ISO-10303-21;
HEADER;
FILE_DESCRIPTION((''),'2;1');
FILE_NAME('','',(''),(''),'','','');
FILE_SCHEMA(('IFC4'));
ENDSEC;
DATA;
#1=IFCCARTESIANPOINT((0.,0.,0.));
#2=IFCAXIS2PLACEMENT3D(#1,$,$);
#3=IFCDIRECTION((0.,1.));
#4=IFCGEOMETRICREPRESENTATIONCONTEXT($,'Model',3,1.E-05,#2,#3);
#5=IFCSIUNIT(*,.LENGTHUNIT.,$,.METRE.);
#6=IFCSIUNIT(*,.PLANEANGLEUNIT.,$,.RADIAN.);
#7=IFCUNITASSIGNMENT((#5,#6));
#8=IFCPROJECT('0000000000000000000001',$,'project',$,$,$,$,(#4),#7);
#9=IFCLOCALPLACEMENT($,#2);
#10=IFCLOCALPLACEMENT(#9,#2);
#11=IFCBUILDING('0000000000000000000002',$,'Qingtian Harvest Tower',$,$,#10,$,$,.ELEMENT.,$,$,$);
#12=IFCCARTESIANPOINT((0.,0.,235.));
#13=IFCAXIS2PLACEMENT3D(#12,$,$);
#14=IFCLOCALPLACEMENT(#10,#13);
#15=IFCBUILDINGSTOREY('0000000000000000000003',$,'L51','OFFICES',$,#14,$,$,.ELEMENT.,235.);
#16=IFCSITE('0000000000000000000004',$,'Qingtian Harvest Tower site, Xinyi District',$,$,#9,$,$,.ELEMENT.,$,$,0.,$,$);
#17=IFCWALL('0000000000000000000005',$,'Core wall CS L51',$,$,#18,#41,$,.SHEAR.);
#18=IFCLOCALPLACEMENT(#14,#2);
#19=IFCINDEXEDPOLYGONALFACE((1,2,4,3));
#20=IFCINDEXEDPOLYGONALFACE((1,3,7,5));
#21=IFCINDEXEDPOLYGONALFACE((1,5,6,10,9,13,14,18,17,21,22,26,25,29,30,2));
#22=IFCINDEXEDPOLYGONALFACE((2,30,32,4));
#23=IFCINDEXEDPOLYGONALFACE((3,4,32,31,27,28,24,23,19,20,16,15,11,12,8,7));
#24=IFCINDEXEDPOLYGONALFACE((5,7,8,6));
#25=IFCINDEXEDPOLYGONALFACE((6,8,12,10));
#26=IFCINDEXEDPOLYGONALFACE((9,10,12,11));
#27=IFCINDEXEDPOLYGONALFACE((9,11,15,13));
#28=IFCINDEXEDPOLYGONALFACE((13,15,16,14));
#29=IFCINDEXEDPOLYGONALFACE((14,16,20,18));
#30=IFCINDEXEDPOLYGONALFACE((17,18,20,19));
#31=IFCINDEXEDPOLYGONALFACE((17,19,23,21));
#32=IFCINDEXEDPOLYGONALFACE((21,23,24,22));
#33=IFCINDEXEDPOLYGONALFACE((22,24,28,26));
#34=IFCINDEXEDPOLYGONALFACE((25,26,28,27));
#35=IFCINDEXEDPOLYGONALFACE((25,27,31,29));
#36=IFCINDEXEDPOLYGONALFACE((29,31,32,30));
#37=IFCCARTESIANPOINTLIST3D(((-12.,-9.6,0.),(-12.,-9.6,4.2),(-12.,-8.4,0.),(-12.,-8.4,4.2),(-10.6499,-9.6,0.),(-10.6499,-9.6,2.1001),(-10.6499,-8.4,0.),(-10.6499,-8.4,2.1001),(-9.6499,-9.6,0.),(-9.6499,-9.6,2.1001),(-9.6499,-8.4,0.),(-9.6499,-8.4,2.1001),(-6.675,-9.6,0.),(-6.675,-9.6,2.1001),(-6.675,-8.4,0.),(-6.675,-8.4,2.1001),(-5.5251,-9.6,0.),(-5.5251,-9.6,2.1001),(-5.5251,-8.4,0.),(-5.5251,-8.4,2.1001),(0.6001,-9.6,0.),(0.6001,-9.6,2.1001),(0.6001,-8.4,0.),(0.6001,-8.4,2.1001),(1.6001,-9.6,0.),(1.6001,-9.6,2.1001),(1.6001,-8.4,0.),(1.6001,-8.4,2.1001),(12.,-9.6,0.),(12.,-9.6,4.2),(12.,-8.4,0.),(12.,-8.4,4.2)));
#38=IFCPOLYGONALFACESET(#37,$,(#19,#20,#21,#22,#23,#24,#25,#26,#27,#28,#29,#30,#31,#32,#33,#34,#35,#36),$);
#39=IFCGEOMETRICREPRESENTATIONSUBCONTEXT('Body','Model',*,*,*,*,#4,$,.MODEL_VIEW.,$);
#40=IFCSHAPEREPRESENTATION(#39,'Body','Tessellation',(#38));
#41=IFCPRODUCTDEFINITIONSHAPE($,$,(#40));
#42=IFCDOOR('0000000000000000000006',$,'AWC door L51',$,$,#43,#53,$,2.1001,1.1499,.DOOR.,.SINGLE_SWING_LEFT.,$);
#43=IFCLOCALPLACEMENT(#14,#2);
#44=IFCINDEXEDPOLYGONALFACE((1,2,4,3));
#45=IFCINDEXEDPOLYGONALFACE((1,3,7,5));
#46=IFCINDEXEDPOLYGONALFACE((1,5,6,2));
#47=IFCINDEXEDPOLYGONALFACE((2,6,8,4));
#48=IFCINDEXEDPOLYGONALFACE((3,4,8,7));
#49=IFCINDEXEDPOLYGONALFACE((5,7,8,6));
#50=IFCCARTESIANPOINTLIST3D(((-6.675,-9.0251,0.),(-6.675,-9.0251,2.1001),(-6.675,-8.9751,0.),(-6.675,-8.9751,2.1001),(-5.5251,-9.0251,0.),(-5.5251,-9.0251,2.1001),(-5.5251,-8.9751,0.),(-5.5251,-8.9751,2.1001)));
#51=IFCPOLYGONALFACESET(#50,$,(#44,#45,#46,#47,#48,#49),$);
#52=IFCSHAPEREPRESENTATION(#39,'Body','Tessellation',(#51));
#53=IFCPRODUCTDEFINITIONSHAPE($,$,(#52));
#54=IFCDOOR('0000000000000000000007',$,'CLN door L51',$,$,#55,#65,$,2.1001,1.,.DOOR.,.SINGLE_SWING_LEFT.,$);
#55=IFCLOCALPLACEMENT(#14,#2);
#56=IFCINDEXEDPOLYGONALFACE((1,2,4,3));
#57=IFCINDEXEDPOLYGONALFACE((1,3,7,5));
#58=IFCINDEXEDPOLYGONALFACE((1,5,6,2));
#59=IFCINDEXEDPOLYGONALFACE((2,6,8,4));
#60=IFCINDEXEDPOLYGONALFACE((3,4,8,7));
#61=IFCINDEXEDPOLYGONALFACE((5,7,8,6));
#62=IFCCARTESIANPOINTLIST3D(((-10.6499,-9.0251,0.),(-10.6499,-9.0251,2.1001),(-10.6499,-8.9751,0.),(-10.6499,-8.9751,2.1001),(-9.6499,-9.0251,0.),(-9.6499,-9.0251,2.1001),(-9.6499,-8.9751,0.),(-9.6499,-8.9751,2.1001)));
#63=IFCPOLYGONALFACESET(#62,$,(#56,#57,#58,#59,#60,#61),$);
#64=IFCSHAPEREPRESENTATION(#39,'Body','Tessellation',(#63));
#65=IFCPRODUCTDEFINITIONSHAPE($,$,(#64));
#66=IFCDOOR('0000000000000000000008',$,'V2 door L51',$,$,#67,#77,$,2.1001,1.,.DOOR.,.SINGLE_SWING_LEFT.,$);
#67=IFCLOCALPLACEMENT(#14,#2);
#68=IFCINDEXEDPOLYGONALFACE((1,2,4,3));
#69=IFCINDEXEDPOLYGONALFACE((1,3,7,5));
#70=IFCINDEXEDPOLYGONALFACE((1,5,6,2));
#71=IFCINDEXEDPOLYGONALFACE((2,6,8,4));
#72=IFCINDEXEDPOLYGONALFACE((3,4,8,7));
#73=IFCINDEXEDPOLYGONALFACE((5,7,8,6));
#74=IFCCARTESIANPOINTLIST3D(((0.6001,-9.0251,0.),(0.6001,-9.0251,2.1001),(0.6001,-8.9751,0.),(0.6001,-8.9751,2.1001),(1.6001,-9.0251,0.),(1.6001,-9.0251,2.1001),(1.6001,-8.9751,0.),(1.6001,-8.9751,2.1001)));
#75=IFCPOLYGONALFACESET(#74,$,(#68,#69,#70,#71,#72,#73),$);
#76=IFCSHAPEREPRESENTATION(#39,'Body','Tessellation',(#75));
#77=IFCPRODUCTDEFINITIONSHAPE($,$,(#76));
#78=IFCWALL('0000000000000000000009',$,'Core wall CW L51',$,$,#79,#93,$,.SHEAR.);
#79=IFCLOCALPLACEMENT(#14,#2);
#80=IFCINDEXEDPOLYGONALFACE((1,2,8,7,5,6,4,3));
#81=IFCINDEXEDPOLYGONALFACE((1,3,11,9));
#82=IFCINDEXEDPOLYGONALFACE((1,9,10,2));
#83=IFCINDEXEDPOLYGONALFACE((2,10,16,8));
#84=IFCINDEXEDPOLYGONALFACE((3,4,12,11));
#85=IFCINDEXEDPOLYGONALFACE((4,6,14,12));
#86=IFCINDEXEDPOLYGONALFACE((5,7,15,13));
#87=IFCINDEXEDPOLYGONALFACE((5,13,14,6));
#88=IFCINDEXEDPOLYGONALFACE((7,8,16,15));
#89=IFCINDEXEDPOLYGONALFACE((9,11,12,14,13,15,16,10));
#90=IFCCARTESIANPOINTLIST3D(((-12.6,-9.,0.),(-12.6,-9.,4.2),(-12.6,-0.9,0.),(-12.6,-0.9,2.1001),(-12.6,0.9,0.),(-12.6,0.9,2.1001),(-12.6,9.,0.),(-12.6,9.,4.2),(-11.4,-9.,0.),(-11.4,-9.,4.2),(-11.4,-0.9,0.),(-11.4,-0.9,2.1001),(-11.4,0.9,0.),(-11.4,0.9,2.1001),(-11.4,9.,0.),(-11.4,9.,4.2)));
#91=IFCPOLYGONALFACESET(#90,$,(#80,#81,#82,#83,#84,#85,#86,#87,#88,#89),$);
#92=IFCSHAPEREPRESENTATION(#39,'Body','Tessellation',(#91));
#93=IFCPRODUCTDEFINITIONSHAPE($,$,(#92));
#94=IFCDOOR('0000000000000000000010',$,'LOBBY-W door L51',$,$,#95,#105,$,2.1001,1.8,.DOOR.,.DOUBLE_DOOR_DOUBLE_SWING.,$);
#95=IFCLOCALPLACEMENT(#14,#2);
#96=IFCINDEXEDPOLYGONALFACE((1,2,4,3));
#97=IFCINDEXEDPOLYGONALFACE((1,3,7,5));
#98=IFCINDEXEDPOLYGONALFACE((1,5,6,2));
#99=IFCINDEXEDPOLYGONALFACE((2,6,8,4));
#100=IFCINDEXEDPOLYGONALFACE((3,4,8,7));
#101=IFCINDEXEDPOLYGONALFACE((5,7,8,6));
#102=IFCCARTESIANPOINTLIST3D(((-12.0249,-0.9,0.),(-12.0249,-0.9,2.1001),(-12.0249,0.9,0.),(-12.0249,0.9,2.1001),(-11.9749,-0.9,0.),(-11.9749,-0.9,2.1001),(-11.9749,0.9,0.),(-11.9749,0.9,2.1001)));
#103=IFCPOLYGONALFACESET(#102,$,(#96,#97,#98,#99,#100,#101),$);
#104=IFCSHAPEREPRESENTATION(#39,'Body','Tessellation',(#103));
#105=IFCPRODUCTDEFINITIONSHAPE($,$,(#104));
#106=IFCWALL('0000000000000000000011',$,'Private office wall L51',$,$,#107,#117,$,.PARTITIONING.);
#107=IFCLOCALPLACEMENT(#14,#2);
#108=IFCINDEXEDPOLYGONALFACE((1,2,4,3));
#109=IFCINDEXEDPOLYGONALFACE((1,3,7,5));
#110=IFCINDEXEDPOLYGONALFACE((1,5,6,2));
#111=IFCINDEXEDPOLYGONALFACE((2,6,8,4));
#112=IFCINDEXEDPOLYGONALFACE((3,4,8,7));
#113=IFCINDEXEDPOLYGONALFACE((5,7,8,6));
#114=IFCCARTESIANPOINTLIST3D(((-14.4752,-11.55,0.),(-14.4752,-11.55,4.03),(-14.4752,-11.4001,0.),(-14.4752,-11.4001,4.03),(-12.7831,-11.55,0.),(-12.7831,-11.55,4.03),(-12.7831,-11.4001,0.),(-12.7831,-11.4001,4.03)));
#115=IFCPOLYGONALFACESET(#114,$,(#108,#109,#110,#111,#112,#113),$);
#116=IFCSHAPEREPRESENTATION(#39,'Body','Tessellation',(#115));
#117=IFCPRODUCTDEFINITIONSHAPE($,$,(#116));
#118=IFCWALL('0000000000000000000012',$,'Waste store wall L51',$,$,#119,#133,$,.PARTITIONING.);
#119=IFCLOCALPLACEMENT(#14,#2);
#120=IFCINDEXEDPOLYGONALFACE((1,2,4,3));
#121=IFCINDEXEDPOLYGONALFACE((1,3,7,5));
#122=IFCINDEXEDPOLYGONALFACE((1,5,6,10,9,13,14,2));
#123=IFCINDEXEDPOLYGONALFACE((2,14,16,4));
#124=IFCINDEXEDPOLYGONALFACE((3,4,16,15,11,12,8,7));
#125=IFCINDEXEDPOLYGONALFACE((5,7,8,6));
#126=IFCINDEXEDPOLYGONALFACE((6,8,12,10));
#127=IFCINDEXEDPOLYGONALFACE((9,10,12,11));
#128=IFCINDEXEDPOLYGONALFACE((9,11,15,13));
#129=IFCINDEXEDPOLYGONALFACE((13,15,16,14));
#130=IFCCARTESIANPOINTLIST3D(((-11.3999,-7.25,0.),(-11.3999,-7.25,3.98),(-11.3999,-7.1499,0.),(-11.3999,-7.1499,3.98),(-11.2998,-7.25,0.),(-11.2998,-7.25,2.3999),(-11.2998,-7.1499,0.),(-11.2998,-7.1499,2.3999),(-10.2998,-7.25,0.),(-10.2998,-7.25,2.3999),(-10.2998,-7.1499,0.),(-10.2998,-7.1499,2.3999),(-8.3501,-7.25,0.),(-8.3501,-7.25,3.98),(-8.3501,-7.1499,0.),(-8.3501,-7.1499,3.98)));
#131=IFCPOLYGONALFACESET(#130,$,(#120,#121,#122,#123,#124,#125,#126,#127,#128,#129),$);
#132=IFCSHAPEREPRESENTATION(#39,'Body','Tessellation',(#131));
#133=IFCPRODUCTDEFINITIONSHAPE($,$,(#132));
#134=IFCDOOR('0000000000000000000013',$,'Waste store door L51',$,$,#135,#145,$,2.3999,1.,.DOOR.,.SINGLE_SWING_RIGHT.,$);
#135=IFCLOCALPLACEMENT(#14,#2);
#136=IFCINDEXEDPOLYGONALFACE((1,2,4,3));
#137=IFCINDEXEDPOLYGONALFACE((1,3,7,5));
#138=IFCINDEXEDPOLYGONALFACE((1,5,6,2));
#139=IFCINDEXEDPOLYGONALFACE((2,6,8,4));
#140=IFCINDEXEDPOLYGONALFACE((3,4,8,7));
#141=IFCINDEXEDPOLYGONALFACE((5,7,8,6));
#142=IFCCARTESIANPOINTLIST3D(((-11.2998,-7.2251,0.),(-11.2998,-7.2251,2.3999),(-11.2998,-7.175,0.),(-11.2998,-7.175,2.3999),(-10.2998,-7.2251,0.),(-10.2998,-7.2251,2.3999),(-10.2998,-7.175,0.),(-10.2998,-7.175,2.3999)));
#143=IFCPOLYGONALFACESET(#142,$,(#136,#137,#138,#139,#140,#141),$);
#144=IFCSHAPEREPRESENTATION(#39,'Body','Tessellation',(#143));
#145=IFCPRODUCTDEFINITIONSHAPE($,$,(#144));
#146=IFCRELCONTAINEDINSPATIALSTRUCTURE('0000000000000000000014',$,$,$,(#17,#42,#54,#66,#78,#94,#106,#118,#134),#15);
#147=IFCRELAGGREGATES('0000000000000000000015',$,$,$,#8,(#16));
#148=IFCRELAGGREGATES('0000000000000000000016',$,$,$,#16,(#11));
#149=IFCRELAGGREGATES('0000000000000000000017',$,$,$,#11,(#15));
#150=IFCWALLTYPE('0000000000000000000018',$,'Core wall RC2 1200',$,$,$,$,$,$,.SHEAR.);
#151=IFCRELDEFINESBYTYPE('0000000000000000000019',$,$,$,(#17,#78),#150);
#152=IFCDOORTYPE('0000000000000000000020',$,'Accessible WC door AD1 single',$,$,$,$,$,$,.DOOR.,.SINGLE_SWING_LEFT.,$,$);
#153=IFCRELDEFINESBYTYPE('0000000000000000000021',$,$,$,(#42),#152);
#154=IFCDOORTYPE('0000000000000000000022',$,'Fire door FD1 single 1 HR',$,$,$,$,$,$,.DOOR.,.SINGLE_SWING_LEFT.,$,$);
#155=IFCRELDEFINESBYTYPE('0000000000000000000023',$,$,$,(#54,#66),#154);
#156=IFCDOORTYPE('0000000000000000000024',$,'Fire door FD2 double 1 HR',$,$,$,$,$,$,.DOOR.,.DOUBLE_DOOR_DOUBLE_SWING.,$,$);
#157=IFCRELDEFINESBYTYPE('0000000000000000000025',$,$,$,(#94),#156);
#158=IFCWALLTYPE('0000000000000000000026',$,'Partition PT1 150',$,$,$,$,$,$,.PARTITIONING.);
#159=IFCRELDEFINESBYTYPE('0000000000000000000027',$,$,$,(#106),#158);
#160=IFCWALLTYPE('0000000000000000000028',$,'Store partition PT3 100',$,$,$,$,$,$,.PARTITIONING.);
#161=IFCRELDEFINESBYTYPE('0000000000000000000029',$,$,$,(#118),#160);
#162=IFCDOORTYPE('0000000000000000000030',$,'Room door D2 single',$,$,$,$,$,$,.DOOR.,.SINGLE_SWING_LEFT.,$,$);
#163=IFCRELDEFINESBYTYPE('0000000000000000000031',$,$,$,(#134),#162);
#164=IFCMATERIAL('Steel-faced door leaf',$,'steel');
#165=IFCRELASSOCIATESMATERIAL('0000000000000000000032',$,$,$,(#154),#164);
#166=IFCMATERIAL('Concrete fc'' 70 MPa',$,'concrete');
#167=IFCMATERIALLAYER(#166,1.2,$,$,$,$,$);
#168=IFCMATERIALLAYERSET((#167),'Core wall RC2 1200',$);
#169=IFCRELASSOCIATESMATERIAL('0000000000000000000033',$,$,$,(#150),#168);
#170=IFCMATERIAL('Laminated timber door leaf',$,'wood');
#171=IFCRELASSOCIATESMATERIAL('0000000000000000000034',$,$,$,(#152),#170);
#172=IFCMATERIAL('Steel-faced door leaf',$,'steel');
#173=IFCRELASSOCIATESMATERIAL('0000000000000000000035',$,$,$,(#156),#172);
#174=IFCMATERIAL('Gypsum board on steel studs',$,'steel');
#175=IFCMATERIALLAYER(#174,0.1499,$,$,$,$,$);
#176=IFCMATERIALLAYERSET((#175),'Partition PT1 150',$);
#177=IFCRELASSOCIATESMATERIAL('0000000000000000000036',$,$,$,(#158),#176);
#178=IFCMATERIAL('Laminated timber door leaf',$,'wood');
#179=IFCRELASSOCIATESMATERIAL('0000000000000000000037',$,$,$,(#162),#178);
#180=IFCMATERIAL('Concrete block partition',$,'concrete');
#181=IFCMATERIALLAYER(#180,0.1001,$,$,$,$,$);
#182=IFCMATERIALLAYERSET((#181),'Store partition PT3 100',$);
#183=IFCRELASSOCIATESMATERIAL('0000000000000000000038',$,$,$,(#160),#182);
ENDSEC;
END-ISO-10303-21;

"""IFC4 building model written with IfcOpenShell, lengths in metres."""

from ifc_helpers import new_model, si_unit, direction, frame, frame_2d, origin, place, context, subcontext, project, spatial, rectangle, extrude, material, layer, layer_set, type_object, element, fill, save


model = new_model("IFC4")

# Units and contexts
model_context = context("Model", 3, precision=1e-05, world=origin(), true_north=direction((0.0, 1.0)))
body_context = subcontext(model_context, "Body", "Model", "MODEL_VIEW")
ifc_project = project(units=[si_unit("LENGTHUNIT", "METRE"), si_unit("PLANEANGLEUNIT", "RADIAN")], contexts=[model_context])

# Site, building, storey
site_placement = place(None, origin())
site = spatial("IfcSite", under=ifc_project, at=site_placement, Name="Qingtian Harvest Tower site, Xinyi District", CompositionType="ELEMENT", RefElevation=0.0)
building_placement = place(site_placement, origin())
building = spatial("IfcBuilding", under=site, at=building_placement, Name="Qingtian Harvest Tower", CompositionType="ELEMENT")
storey_placement = place(building_placement, frame((0.0, 0.0, 235.0)))
storey = spatial("IfcBuildingStorey", under=building, at=storey_placement, Name="L51", Description="OFFICES", CompositionType="ELEMENT", Elevation=235.0)

# Wall, openings, doors
ifc_material_1 = material(Name="Steel-faced door leaf", Category="steel")
door_type_1 = type_object("IfcDoorType", Name="Fire door FD1 single 1 HR", OperationType="SINGLE_SWING_LEFT", PredefinedType="DOOR", material=ifc_material_1)
ifc_material_2 = material(Name="Concrete fc' 70 MPa", Category="concrete")
ifc_layer_1 = layer(ifc_material_2, 1.2)
ifc_layer_set_1 = layer_set([ifc_layer_1], Name="Core wall RC2 1200")
wall_type_1 = type_object("IfcWallType", Name="Core wall RC2 1200", PredefinedType="SHEAR", material=ifc_layer_set_1)
wall_1_placement = place(storey_placement, frame((-12.0, -9.0, 0.0), z_axis=(0.0, 0.0, 1.0), x_axis=(1.0, 0.0, 0.0)))
wall_1 = element("IfcWall", 1, at=wall_1_placement, inside=storey, type_object=wall_type_1, Name="Core wall CS L51", PredefinedType="SHEAR", context=body_context, shape_type="SweptSolid", body=[
    extrude(rectangle(XDim=24.0, YDim=1.2, at=frame_2d((12.0, 0.0))), origin(), (0.0, 0.0, 1.0), 4.2),
])
opening_1_placement = place(wall_1_placement, frame((1.3501, 0.0, 0.0)))
opening_1 = element("IfcOpeningElement", 2, at=opening_1_placement, cuts=wall_1, PredefinedType="OPENING", context=body_context, shape_type="SweptSolid", body=[
    extrude(rectangle(XDim=1.0, YDim=2.1001, at=frame_2d((0.5, 1.05))), frame((0.0, 0.6099, 0.0), z_axis=(0.0, -1.0, 0.0), x_axis=(1.0, 0.0, 0.0)), (0.0, 0.0, 1.0), 1.22),
])
opening_2_placement = place(wall_1_placement, frame((5.325, 0.0, 0.0)))
opening_2 = element("IfcOpeningElement", 3, at=opening_2_placement, cuts=wall_1, PredefinedType="OPENING", context=body_context, shape_type="SweptSolid", body=[
    extrude(rectangle(XDim=1.1499, YDim=2.1001, at=frame_2d((0.575, 1.05))), frame((0.0, 0.6099, 0.0), z_axis=(0.0, -1.0, 0.0), x_axis=(1.0, 0.0, 0.0)), (0.0, 0.0, 1.0), 1.22),
])
opening_3_placement = place(wall_1_placement, frame((12.6001, 0.0, 0.0)))
opening_3 = element("IfcOpeningElement", 4, at=opening_3_placement, cuts=wall_1, PredefinedType="OPENING", context=body_context, shape_type="SweptSolid", body=[
    extrude(rectangle(XDim=1.0, YDim=2.1001, at=frame_2d((0.5, 1.05))), frame((0.0, 0.6099, 0.0), z_axis=(0.0, -1.0, 0.0), x_axis=(1.0, 0.0, 0.0)), (0.0, 0.0, 1.0), 1.22),
])
ifc_material_3 = material(Name="Laminated timber door leaf", Category="wood")
door_type_2 = type_object("IfcDoorType", Name="Accessible WC door AD1 single", OperationType="SINGLE_SWING_LEFT", PredefinedType="DOOR", material=ifc_material_3)
door_1_placement = place(opening_2_placement, origin())
door_1 = element("IfcDoor", 5, at=door_1_placement, inside=storey, type_object=door_type_2, Name="AWC door L51", OperationType="SINGLE_SWING_LEFT", OverallHeight=2.1001, OverallWidth=1.1499, PredefinedType="DOOR", context=body_context, shape_type="SweptSolid", body=[
    extrude(rectangle(XDim=1.1499, YDim=2.1001, at=frame_2d((0.575, 1.05))), frame((0.0, 0.0249, 0.0), z_axis=(0.0, -1.0, 0.0), x_axis=(1.0, 0.0, 0.0)), (0.0, 0.0, 1.0), 0.05),
])
fill(opening_2, door_1)
door_2_placement = place(opening_1_placement, origin())
door_2 = element("IfcDoor", 6, at=door_2_placement, inside=storey, type_object=door_type_1, Name="CLN door L51", OperationType="SINGLE_SWING_LEFT", OverallHeight=2.1001, OverallWidth=1.0, PredefinedType="DOOR", context=body_context, shape_type="SweptSolid", body=[
    extrude(rectangle(XDim=1.0, YDim=2.1001, at=frame_2d((0.5, 1.05))), frame((0.0, 0.0249, 0.0), z_axis=(0.0, -1.0, 0.0), x_axis=(1.0, 0.0, 0.0)), (0.0, 0.0, 1.0), 0.05),
])
fill(opening_1, door_2)
door_3_placement = place(opening_3_placement, origin())
door_3 = element("IfcDoor", 7, at=door_3_placement, inside=storey, type_object=door_type_1, Name="V2 door L51", OperationType="SINGLE_SWING_LEFT", OverallHeight=2.1001, OverallWidth=1.0, PredefinedType="DOOR", context=body_context, shape_type="SweptSolid", body=[
    extrude(rectangle(XDim=1.0, YDim=2.1001, at=frame_2d((0.5, 1.05))), frame((0.0, 0.0249, 0.0), z_axis=(0.0, -1.0, 0.0), x_axis=(1.0, 0.0, 0.0)), (0.0, 0.0, 1.0), 0.05),
])
fill(opening_3, door_3)

# Wall, opening, door
wall_2_placement = place(storey_placement, frame((-12.0, -9.0, 0.0), z_axis=(0.0, 0.0, 1.0), x_axis=(0.0, 1.0, 0.0)))
wall_2 = element("IfcWall", 8, at=wall_2_placement, inside=storey, type_object=wall_type_1, Name="Core wall CW L51", PredefinedType="SHEAR", context=body_context, shape_type="SweptSolid", body=[
    extrude(rectangle(XDim=18.0, YDim=1.2, at=frame_2d((9.0, 0.0))), origin(), (0.0, 0.0, 1.0), 4.2),
])
opening_4_placement = place(wall_2_placement, frame((8.1001, 0.0, 0.0)))
opening_4 = element("IfcOpeningElement", 9, at=opening_4_placement, cuts=wall_2, PredefinedType="OPENING", context=body_context, shape_type="SweptSolid", body=[
    extrude(rectangle(XDim=1.8, YDim=2.1001, at=frame_2d((0.8999, 1.05))), frame((0.0, 0.6099, 0.0), z_axis=(0.0, -1.0, 0.0), x_axis=(1.0, 0.0, 0.0)), (0.0, 0.0, 1.0), 1.22),
])
ifc_material_4 = material(Name="Steel-faced door leaf", Category="steel")
door_type_3 = type_object("IfcDoorType", Name="Fire door FD2 double 1 HR", OperationType="DOUBLE_DOOR_DOUBLE_SWING", PredefinedType="DOOR", material=ifc_material_4)
door_4_placement = place(opening_4_placement, origin())
door_4 = element("IfcDoor", 10, at=door_4_placement, inside=storey, type_object=door_type_3, Name="LOBBY-W door L51", OperationType="DOUBLE_DOOR_DOUBLE_SWING", OverallHeight=2.1001, OverallWidth=1.8, PredefinedType="DOOR", context=body_context, shape_type="SweptSolid", body=[
    extrude(rectangle(XDim=1.8, YDim=2.1001, at=frame_2d((0.8999, 1.05))), frame((0.0, 0.0249, 0.0), z_axis=(0.0, -1.0, 0.0), x_axis=(1.0, 0.0, 0.0)), (0.0, 0.0, 1.0), 0.05),
])
fill(opening_4, door_4)
ifc_material_5 = material(Name="Gypsum board on steel studs", Category="steel")
ifc_layer_2 = layer(ifc_material_5, 0.1499)
ifc_layer_set_2 = layer_set([ifc_layer_2], Name="Partition PT1 150")
wall_type_2 = type_object("IfcWallType", Name="Partition PT1 150", PredefinedType="PARTITIONING", material=ifc_layer_set_2)
ifc_material_6 = material(Name="Laminated timber door leaf", Category="wood")
door_type_4 = type_object("IfcDoorType", Name="Room door D2 single", OperationType="SINGLE_SWING_LEFT", PredefinedType="DOOR", material=ifc_material_6)

# Wall
wall_3_placement = place(storey_placement, frame((-12.783, -11.4751, 0.0), z_axis=(0.0, 0.0, 1.0), x_axis=(-1.0, 0.0, 0.0)))
element("IfcWall", 11, at=wall_3_placement, inside=storey, type_object=wall_type_2, Name="Private office wall L51", PredefinedType="PARTITIONING", context=body_context, shape_type="SweptSolid", body=[
    extrude(rectangle(XDim=1.6921, YDim=0.1499, at=frame_2d((0.8462, 0.0))), origin(), (0.0, 0.0, 1.0), 4.03),
])

# Wall, opening, door
ifc_material_7 = material(Name="Concrete block partition", Category="concrete")
ifc_layer_3 = layer(ifc_material_7, 0.1001)
ifc_layer_set_3 = layer_set([ifc_layer_3], Name="Store partition PT3 100")
wall_type_3 = type_object("IfcWallType", Name="Store partition PT3 100", PredefinedType="PARTITIONING", material=ifc_layer_set_3)
wall_4_placement = place(storey_placement, frame((-11.3999, -7.2, 0.0), z_axis=(0.0, 0.0, 1.0), x_axis=(1.0, 0.0, 0.0)))
wall_4 = element("IfcWall", 12, at=wall_4_placement, inside=storey, type_object=wall_type_3, Name="Waste store wall L51", PredefinedType="PARTITIONING", context=body_context, shape_type="SweptSolid", body=[
    extrude(rectangle(XDim=3.0498, YDim=0.1001, at=frame_2d((1.5249, 0.0))), origin(), (0.0, 0.0, 1.0), 3.98),
])
opening_5_placement = place(wall_4_placement, frame((0.1001, 0.0, 0.0)))
opening_5 = element("IfcOpeningElement", 13, at=opening_5_placement, cuts=wall_4, PredefinedType="OPENING", context=body_context, shape_type="SweptSolid", body=[
    extrude(rectangle(XDim=1.0, YDim=2.3999, at=frame_2d((0.5, 1.2))), frame((0.0, 0.0601, 0.0), z_axis=(0.0, -1.0, 0.0), x_axis=(1.0, 0.0, 0.0)), (0.0, 0.0, 1.0), 0.1201),
])
door_5_placement = place(opening_5_placement, origin())
door_5 = element("IfcDoor", 14, at=door_5_placement, inside=storey, type_object=door_type_4, Name="Waste store door L51", OperationType="SINGLE_SWING_RIGHT", OverallHeight=2.3999, OverallWidth=1.0, PredefinedType="DOOR", context=body_context, shape_type="SweptSolid", body=[
    extrude(rectangle(XDim=1.0, YDim=2.3999, at=frame_2d((0.5, 1.2))), frame((0.0, 0.0249, 0.0), z_axis=(0.0, -1.0, 0.0), x_axis=(1.0, 0.0, 0.0)), (0.0, 0.0, 1.0), 0.05),
])
fill(opening_5, door_5)

save(model, "model.ifc")
